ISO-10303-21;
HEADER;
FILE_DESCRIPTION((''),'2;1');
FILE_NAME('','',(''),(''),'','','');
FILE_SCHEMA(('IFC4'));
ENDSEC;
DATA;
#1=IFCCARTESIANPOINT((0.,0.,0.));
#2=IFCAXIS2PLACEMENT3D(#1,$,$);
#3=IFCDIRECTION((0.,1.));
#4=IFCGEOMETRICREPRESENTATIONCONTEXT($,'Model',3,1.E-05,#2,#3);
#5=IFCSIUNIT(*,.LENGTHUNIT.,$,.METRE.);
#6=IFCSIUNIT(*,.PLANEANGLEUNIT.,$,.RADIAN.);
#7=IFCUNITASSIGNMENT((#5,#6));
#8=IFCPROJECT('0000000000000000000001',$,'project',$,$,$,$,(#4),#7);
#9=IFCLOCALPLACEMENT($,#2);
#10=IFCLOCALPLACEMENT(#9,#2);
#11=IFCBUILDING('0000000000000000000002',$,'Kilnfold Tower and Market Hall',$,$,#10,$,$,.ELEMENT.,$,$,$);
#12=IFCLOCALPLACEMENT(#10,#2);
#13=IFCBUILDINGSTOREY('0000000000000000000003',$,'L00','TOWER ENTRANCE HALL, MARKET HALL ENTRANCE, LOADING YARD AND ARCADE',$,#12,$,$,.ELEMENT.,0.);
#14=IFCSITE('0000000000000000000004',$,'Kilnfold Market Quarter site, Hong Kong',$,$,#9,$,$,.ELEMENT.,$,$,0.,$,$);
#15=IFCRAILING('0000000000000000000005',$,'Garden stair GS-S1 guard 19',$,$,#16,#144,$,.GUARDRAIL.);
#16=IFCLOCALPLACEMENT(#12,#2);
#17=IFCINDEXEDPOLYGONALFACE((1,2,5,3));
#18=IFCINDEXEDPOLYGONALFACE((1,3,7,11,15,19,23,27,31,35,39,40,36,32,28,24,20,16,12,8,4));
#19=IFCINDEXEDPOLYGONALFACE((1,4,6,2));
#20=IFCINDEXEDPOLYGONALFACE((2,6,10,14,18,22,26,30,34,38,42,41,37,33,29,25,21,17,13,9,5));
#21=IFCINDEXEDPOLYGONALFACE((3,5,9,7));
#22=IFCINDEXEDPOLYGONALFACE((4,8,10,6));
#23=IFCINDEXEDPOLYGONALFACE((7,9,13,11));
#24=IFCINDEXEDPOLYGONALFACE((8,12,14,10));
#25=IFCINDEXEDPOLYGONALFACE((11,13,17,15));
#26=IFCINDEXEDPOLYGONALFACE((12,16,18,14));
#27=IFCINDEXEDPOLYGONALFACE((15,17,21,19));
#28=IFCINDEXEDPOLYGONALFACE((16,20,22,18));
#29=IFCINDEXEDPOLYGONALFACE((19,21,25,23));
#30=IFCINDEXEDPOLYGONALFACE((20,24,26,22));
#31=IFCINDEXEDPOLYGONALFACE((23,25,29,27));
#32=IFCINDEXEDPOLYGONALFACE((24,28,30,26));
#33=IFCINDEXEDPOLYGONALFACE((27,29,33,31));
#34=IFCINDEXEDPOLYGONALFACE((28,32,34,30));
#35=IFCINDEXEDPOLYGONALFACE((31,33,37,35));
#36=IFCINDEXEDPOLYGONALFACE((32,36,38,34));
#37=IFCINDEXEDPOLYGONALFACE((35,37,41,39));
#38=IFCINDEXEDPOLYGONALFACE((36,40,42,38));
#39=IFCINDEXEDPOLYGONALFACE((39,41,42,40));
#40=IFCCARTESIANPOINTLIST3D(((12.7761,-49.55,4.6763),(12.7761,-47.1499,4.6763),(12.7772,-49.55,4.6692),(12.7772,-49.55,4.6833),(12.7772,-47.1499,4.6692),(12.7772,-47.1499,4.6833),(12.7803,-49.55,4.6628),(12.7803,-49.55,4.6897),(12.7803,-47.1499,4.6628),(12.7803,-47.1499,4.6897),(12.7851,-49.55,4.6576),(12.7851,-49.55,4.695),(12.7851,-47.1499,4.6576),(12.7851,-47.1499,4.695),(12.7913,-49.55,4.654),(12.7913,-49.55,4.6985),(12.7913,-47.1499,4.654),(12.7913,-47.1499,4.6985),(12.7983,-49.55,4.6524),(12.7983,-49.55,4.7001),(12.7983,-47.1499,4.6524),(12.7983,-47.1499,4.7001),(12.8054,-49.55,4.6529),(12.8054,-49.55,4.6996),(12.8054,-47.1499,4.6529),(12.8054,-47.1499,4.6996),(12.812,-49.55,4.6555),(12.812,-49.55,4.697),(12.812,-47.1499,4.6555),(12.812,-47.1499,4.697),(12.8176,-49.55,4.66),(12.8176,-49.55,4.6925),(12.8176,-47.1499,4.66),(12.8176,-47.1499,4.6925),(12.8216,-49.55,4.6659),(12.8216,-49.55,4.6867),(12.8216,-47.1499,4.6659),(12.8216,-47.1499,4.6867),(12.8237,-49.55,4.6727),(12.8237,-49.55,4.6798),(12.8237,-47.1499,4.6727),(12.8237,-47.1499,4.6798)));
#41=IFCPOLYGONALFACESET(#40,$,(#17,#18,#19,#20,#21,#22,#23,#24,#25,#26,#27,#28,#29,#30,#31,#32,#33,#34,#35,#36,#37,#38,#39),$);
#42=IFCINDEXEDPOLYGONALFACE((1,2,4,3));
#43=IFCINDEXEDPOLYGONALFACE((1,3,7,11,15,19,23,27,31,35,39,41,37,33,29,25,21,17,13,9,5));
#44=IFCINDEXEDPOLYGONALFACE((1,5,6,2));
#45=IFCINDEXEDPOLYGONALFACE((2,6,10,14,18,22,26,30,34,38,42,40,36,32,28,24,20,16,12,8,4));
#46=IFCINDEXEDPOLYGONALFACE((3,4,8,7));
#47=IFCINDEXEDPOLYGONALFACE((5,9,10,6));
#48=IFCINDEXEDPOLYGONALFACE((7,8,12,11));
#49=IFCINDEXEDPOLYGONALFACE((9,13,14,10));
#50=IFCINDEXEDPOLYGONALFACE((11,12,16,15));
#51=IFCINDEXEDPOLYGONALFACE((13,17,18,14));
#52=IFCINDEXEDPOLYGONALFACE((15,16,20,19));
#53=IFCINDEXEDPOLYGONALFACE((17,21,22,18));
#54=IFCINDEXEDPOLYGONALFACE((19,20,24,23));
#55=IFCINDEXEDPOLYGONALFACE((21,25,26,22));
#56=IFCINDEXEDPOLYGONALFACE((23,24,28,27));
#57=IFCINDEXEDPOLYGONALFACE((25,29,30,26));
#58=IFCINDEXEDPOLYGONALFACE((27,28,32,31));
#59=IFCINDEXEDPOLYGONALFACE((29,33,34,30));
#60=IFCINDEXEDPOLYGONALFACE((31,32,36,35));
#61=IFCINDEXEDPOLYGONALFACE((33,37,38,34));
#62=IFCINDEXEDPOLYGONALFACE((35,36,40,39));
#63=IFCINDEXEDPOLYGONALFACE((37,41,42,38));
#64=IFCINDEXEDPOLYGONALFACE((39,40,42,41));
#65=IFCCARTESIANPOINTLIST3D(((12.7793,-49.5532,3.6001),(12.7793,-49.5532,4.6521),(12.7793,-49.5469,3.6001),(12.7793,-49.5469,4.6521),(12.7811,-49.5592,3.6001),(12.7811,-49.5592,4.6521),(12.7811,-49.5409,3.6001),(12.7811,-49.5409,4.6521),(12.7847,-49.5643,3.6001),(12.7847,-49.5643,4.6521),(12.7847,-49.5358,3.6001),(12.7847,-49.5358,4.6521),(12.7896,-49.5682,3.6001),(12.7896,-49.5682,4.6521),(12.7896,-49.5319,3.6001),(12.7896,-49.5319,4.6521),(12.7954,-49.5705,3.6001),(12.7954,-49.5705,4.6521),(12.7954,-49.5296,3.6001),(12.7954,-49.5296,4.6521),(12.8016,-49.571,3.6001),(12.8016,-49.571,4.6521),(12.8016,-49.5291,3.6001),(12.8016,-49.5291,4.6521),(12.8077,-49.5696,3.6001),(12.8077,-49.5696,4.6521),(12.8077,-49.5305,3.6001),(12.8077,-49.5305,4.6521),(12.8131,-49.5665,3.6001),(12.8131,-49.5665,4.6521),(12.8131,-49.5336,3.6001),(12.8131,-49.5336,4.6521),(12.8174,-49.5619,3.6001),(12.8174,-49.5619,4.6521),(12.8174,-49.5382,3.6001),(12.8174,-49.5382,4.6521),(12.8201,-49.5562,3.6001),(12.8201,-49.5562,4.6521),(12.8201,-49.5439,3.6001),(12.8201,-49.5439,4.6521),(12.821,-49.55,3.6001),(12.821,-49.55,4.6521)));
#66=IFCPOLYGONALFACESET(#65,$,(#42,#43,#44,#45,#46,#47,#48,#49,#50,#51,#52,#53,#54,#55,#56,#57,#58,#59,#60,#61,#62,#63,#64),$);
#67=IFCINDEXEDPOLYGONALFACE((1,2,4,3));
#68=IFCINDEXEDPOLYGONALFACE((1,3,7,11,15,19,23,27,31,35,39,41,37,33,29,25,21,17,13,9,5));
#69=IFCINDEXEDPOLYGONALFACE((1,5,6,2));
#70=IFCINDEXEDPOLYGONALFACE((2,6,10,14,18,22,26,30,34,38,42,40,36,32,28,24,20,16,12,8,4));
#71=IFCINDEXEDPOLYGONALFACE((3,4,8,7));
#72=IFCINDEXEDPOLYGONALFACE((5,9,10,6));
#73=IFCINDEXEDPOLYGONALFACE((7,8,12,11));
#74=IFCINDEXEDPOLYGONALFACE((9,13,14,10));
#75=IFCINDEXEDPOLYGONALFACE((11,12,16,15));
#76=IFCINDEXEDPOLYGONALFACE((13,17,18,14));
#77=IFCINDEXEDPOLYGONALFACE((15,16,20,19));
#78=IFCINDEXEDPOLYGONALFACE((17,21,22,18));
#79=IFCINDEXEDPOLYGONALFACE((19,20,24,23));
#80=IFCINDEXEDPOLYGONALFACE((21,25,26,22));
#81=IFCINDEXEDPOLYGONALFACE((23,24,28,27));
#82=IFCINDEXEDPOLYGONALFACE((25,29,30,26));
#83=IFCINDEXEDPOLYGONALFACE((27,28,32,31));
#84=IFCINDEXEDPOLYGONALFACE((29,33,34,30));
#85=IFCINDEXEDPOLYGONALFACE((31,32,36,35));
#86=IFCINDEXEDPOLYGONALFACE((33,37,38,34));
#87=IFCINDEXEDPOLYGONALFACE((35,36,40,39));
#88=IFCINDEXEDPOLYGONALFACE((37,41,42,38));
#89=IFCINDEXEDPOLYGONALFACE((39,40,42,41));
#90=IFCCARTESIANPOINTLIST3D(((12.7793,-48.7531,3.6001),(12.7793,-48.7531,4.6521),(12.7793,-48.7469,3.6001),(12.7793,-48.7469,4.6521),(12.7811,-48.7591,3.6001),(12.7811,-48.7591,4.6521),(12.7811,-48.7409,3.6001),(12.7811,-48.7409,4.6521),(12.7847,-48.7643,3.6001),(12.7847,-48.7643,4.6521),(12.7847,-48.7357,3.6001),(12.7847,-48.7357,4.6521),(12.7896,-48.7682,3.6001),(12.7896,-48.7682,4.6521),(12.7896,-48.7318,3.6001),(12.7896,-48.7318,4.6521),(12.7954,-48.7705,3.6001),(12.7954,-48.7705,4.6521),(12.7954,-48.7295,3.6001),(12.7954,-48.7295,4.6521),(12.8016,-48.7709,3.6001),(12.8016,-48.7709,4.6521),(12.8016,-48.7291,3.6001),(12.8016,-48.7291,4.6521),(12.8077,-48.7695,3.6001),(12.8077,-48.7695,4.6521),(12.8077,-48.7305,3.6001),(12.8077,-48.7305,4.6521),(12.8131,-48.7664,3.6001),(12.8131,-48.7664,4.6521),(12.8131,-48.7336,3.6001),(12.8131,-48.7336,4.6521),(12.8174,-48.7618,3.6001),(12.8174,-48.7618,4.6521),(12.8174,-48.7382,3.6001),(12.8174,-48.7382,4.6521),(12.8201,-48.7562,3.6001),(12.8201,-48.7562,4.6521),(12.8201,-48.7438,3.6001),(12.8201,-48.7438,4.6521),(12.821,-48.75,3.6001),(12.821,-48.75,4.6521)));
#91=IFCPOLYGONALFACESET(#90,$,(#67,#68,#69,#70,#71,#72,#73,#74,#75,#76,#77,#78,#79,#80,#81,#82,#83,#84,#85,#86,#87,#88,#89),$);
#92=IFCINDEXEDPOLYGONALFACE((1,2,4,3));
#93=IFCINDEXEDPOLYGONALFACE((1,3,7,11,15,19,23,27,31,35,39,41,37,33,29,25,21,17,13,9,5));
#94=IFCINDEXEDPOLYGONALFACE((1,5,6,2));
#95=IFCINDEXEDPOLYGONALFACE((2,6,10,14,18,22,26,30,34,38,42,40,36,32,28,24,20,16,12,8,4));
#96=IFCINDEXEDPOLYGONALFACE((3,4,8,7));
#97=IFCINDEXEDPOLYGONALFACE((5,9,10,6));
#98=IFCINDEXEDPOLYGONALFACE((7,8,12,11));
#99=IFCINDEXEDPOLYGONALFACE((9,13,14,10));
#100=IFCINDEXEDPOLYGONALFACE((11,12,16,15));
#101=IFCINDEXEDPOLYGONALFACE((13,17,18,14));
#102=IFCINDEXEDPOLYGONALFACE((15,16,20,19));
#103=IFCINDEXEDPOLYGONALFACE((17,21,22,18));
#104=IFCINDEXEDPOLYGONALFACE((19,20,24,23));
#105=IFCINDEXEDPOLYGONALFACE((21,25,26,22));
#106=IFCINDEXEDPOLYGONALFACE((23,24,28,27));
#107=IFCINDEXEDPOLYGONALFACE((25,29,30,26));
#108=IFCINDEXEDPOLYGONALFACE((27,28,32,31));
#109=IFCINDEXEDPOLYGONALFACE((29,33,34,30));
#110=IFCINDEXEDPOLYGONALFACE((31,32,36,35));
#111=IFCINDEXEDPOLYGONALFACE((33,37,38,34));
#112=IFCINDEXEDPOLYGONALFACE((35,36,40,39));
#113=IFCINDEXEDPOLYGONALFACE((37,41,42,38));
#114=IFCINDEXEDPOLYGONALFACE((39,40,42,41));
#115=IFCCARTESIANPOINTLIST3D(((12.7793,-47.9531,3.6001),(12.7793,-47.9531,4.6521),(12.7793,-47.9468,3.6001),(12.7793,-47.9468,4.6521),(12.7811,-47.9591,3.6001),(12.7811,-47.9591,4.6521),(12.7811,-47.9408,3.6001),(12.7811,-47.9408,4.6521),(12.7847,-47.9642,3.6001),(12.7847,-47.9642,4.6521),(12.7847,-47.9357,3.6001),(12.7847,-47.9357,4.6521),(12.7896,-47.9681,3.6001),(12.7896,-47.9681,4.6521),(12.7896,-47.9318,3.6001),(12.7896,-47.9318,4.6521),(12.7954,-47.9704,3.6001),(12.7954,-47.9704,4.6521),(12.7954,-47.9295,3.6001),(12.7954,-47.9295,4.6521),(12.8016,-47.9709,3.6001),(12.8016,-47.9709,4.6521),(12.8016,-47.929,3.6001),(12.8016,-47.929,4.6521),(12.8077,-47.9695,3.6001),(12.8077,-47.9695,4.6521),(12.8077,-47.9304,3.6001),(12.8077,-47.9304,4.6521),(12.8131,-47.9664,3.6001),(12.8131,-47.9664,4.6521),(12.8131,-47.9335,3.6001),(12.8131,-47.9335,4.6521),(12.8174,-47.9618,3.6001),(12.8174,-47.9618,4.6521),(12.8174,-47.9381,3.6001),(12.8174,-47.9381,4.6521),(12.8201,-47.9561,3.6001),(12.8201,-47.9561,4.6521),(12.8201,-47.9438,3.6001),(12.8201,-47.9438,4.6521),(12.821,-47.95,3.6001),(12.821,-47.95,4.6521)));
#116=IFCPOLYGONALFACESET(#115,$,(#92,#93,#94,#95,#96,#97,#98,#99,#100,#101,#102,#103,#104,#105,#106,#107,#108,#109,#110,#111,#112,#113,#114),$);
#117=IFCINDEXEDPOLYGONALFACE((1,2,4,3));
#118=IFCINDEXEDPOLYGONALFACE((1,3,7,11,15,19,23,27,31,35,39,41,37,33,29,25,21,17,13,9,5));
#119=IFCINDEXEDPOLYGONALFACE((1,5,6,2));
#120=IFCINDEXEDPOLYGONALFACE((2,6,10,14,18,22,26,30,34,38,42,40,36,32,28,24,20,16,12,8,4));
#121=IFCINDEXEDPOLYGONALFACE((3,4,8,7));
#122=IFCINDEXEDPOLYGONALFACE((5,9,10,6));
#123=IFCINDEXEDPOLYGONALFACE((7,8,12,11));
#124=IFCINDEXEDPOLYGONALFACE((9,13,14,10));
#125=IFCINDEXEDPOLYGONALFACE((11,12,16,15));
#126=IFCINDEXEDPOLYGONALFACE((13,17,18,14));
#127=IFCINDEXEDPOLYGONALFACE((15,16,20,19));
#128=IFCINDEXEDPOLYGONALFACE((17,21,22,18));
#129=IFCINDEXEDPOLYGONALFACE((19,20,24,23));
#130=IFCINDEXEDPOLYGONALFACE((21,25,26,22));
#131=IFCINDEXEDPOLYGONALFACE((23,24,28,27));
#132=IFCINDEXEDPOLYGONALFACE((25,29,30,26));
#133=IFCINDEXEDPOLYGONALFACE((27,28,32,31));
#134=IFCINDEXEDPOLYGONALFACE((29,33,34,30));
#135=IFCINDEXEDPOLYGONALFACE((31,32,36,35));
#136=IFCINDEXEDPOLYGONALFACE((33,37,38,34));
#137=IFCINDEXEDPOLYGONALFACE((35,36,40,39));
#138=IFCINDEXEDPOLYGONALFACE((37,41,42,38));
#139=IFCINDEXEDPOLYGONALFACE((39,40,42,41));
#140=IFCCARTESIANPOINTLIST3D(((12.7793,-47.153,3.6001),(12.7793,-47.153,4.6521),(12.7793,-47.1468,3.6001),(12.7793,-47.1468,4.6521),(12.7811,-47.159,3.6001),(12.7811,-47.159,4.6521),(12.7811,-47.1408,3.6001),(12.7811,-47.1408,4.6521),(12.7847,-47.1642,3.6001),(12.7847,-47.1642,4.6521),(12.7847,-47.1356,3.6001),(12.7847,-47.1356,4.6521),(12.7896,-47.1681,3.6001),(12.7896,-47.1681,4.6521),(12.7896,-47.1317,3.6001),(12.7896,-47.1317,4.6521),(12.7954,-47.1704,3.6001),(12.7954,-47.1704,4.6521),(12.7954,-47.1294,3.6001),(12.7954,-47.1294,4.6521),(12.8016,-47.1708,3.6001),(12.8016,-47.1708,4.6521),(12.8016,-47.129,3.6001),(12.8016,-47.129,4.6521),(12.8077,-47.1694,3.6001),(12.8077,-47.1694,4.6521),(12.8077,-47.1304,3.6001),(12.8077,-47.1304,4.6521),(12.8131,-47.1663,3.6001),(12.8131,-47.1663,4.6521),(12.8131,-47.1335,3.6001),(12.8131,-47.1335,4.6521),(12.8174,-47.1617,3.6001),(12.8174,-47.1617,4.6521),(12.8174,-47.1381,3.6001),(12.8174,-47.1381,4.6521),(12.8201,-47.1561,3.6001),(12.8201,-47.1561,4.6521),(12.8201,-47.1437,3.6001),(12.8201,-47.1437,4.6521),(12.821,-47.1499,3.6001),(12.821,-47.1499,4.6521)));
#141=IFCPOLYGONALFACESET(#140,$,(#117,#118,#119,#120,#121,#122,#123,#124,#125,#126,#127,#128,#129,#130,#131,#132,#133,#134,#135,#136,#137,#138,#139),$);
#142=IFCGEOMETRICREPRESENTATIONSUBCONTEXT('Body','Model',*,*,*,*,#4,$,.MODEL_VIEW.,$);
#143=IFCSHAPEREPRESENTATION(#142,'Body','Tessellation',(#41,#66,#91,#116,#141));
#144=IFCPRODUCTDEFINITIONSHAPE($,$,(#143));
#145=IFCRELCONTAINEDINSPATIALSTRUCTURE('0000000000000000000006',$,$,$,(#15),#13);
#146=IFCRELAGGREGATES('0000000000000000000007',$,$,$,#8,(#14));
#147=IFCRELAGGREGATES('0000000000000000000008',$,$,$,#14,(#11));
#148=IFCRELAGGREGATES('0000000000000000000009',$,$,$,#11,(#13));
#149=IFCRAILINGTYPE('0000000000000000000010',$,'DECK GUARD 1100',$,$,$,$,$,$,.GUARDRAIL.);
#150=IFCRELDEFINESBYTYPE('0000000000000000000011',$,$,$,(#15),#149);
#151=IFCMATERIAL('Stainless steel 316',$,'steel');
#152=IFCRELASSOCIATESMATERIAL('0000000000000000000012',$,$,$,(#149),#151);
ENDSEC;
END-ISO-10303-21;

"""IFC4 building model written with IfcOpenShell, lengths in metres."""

from ifc_helpers import new_model, si_unit, direction, frame, origin, origin_2d, place, context, subcontext, project, spatial, circle, extrude, material, type_object, element, save


model = new_model("IFC4")

# Units and contexts
model_context = context("Model", 3, precision=1e-05, world=origin(), true_north=direction((0.0, 1.0)))
body_context = subcontext(model_context, "Body", "Model", "MODEL_VIEW")
ifc_project = project(units=[si_unit("LENGTHUNIT", "METRE"), si_unit("PLANEANGLEUNIT", "RADIAN")], contexts=[model_context])

# Site, building, storey
site_placement = place(None, origin())
site = spatial("IfcSite", under=ifc_project, at=site_placement, Name="Kilnfold Market Quarter site, Hong Kong", CompositionType="ELEMENT", RefElevation=0.0)
building_placement = place(site_placement, origin())
building = spatial("IfcBuilding", under=site, at=building_placement, Name="Kilnfold Tower and Market Hall", CompositionType="ELEMENT")
storey_placement = place(building_placement, origin())
storey = spatial("IfcBuildingStorey", under=building, at=storey_placement, Name="L00", Description="TOWER ENTRANCE HALL, MARKET HALL ENTRANCE, LOADING YARD AND ARCADE", CompositionType="ELEMENT", Elevation=0.0)

# Railing
ifc_material_1 = material(Name="Stainless steel 316", Category="steel")
railing_type_1 = type_object("IfcRailingType", Name="DECK GUARD 1100", PredefinedType="GUARDRAIL", material=ifc_material_1)
for number, where, name in (
    (1, (12.8, -49.55, 3.6001), "Garden stair GS-S1 guard 19"),
):
    element("IfcRailing", number, at=place(storey_placement, frame(where)), inside=storey, type_object=railing_type_1, Name=name, PredefinedType="GUARDRAIL", context=body_context, shape_type="SweptSolid", body=[
        extrude(circle(Radius=0.0239, at=origin_2d()), frame((0.0, 0.0, 1.0762), z_axis=(0.0, 1.0, 0.0), x_axis=(-1.0, 0.0, 0.0)), (0.0, 0.0, 1.0), 2.4001),
        extrude(circle(Radius=0.021, at=origin_2d()), origin(), (0.0, 0.0, 1.0), 1.052),
        extrude(circle(Radius=0.021, at=origin_2d()), frame((0.0, 0.8, 0.0)), (0.0, 0.0, 1.0), 1.052),
        extrude(circle(Radius=0.021, at=origin_2d()), frame((0.0, 1.6001, 0.0)), (0.0, 0.0, 1.0), 1.052),
        extrude(circle(Radius=0.021, at=origin_2d()), frame((0.0, 2.4001, 0.0)), (0.0, 0.0, 1.0), 1.052),
    ])

save(model, "model.ifc")
